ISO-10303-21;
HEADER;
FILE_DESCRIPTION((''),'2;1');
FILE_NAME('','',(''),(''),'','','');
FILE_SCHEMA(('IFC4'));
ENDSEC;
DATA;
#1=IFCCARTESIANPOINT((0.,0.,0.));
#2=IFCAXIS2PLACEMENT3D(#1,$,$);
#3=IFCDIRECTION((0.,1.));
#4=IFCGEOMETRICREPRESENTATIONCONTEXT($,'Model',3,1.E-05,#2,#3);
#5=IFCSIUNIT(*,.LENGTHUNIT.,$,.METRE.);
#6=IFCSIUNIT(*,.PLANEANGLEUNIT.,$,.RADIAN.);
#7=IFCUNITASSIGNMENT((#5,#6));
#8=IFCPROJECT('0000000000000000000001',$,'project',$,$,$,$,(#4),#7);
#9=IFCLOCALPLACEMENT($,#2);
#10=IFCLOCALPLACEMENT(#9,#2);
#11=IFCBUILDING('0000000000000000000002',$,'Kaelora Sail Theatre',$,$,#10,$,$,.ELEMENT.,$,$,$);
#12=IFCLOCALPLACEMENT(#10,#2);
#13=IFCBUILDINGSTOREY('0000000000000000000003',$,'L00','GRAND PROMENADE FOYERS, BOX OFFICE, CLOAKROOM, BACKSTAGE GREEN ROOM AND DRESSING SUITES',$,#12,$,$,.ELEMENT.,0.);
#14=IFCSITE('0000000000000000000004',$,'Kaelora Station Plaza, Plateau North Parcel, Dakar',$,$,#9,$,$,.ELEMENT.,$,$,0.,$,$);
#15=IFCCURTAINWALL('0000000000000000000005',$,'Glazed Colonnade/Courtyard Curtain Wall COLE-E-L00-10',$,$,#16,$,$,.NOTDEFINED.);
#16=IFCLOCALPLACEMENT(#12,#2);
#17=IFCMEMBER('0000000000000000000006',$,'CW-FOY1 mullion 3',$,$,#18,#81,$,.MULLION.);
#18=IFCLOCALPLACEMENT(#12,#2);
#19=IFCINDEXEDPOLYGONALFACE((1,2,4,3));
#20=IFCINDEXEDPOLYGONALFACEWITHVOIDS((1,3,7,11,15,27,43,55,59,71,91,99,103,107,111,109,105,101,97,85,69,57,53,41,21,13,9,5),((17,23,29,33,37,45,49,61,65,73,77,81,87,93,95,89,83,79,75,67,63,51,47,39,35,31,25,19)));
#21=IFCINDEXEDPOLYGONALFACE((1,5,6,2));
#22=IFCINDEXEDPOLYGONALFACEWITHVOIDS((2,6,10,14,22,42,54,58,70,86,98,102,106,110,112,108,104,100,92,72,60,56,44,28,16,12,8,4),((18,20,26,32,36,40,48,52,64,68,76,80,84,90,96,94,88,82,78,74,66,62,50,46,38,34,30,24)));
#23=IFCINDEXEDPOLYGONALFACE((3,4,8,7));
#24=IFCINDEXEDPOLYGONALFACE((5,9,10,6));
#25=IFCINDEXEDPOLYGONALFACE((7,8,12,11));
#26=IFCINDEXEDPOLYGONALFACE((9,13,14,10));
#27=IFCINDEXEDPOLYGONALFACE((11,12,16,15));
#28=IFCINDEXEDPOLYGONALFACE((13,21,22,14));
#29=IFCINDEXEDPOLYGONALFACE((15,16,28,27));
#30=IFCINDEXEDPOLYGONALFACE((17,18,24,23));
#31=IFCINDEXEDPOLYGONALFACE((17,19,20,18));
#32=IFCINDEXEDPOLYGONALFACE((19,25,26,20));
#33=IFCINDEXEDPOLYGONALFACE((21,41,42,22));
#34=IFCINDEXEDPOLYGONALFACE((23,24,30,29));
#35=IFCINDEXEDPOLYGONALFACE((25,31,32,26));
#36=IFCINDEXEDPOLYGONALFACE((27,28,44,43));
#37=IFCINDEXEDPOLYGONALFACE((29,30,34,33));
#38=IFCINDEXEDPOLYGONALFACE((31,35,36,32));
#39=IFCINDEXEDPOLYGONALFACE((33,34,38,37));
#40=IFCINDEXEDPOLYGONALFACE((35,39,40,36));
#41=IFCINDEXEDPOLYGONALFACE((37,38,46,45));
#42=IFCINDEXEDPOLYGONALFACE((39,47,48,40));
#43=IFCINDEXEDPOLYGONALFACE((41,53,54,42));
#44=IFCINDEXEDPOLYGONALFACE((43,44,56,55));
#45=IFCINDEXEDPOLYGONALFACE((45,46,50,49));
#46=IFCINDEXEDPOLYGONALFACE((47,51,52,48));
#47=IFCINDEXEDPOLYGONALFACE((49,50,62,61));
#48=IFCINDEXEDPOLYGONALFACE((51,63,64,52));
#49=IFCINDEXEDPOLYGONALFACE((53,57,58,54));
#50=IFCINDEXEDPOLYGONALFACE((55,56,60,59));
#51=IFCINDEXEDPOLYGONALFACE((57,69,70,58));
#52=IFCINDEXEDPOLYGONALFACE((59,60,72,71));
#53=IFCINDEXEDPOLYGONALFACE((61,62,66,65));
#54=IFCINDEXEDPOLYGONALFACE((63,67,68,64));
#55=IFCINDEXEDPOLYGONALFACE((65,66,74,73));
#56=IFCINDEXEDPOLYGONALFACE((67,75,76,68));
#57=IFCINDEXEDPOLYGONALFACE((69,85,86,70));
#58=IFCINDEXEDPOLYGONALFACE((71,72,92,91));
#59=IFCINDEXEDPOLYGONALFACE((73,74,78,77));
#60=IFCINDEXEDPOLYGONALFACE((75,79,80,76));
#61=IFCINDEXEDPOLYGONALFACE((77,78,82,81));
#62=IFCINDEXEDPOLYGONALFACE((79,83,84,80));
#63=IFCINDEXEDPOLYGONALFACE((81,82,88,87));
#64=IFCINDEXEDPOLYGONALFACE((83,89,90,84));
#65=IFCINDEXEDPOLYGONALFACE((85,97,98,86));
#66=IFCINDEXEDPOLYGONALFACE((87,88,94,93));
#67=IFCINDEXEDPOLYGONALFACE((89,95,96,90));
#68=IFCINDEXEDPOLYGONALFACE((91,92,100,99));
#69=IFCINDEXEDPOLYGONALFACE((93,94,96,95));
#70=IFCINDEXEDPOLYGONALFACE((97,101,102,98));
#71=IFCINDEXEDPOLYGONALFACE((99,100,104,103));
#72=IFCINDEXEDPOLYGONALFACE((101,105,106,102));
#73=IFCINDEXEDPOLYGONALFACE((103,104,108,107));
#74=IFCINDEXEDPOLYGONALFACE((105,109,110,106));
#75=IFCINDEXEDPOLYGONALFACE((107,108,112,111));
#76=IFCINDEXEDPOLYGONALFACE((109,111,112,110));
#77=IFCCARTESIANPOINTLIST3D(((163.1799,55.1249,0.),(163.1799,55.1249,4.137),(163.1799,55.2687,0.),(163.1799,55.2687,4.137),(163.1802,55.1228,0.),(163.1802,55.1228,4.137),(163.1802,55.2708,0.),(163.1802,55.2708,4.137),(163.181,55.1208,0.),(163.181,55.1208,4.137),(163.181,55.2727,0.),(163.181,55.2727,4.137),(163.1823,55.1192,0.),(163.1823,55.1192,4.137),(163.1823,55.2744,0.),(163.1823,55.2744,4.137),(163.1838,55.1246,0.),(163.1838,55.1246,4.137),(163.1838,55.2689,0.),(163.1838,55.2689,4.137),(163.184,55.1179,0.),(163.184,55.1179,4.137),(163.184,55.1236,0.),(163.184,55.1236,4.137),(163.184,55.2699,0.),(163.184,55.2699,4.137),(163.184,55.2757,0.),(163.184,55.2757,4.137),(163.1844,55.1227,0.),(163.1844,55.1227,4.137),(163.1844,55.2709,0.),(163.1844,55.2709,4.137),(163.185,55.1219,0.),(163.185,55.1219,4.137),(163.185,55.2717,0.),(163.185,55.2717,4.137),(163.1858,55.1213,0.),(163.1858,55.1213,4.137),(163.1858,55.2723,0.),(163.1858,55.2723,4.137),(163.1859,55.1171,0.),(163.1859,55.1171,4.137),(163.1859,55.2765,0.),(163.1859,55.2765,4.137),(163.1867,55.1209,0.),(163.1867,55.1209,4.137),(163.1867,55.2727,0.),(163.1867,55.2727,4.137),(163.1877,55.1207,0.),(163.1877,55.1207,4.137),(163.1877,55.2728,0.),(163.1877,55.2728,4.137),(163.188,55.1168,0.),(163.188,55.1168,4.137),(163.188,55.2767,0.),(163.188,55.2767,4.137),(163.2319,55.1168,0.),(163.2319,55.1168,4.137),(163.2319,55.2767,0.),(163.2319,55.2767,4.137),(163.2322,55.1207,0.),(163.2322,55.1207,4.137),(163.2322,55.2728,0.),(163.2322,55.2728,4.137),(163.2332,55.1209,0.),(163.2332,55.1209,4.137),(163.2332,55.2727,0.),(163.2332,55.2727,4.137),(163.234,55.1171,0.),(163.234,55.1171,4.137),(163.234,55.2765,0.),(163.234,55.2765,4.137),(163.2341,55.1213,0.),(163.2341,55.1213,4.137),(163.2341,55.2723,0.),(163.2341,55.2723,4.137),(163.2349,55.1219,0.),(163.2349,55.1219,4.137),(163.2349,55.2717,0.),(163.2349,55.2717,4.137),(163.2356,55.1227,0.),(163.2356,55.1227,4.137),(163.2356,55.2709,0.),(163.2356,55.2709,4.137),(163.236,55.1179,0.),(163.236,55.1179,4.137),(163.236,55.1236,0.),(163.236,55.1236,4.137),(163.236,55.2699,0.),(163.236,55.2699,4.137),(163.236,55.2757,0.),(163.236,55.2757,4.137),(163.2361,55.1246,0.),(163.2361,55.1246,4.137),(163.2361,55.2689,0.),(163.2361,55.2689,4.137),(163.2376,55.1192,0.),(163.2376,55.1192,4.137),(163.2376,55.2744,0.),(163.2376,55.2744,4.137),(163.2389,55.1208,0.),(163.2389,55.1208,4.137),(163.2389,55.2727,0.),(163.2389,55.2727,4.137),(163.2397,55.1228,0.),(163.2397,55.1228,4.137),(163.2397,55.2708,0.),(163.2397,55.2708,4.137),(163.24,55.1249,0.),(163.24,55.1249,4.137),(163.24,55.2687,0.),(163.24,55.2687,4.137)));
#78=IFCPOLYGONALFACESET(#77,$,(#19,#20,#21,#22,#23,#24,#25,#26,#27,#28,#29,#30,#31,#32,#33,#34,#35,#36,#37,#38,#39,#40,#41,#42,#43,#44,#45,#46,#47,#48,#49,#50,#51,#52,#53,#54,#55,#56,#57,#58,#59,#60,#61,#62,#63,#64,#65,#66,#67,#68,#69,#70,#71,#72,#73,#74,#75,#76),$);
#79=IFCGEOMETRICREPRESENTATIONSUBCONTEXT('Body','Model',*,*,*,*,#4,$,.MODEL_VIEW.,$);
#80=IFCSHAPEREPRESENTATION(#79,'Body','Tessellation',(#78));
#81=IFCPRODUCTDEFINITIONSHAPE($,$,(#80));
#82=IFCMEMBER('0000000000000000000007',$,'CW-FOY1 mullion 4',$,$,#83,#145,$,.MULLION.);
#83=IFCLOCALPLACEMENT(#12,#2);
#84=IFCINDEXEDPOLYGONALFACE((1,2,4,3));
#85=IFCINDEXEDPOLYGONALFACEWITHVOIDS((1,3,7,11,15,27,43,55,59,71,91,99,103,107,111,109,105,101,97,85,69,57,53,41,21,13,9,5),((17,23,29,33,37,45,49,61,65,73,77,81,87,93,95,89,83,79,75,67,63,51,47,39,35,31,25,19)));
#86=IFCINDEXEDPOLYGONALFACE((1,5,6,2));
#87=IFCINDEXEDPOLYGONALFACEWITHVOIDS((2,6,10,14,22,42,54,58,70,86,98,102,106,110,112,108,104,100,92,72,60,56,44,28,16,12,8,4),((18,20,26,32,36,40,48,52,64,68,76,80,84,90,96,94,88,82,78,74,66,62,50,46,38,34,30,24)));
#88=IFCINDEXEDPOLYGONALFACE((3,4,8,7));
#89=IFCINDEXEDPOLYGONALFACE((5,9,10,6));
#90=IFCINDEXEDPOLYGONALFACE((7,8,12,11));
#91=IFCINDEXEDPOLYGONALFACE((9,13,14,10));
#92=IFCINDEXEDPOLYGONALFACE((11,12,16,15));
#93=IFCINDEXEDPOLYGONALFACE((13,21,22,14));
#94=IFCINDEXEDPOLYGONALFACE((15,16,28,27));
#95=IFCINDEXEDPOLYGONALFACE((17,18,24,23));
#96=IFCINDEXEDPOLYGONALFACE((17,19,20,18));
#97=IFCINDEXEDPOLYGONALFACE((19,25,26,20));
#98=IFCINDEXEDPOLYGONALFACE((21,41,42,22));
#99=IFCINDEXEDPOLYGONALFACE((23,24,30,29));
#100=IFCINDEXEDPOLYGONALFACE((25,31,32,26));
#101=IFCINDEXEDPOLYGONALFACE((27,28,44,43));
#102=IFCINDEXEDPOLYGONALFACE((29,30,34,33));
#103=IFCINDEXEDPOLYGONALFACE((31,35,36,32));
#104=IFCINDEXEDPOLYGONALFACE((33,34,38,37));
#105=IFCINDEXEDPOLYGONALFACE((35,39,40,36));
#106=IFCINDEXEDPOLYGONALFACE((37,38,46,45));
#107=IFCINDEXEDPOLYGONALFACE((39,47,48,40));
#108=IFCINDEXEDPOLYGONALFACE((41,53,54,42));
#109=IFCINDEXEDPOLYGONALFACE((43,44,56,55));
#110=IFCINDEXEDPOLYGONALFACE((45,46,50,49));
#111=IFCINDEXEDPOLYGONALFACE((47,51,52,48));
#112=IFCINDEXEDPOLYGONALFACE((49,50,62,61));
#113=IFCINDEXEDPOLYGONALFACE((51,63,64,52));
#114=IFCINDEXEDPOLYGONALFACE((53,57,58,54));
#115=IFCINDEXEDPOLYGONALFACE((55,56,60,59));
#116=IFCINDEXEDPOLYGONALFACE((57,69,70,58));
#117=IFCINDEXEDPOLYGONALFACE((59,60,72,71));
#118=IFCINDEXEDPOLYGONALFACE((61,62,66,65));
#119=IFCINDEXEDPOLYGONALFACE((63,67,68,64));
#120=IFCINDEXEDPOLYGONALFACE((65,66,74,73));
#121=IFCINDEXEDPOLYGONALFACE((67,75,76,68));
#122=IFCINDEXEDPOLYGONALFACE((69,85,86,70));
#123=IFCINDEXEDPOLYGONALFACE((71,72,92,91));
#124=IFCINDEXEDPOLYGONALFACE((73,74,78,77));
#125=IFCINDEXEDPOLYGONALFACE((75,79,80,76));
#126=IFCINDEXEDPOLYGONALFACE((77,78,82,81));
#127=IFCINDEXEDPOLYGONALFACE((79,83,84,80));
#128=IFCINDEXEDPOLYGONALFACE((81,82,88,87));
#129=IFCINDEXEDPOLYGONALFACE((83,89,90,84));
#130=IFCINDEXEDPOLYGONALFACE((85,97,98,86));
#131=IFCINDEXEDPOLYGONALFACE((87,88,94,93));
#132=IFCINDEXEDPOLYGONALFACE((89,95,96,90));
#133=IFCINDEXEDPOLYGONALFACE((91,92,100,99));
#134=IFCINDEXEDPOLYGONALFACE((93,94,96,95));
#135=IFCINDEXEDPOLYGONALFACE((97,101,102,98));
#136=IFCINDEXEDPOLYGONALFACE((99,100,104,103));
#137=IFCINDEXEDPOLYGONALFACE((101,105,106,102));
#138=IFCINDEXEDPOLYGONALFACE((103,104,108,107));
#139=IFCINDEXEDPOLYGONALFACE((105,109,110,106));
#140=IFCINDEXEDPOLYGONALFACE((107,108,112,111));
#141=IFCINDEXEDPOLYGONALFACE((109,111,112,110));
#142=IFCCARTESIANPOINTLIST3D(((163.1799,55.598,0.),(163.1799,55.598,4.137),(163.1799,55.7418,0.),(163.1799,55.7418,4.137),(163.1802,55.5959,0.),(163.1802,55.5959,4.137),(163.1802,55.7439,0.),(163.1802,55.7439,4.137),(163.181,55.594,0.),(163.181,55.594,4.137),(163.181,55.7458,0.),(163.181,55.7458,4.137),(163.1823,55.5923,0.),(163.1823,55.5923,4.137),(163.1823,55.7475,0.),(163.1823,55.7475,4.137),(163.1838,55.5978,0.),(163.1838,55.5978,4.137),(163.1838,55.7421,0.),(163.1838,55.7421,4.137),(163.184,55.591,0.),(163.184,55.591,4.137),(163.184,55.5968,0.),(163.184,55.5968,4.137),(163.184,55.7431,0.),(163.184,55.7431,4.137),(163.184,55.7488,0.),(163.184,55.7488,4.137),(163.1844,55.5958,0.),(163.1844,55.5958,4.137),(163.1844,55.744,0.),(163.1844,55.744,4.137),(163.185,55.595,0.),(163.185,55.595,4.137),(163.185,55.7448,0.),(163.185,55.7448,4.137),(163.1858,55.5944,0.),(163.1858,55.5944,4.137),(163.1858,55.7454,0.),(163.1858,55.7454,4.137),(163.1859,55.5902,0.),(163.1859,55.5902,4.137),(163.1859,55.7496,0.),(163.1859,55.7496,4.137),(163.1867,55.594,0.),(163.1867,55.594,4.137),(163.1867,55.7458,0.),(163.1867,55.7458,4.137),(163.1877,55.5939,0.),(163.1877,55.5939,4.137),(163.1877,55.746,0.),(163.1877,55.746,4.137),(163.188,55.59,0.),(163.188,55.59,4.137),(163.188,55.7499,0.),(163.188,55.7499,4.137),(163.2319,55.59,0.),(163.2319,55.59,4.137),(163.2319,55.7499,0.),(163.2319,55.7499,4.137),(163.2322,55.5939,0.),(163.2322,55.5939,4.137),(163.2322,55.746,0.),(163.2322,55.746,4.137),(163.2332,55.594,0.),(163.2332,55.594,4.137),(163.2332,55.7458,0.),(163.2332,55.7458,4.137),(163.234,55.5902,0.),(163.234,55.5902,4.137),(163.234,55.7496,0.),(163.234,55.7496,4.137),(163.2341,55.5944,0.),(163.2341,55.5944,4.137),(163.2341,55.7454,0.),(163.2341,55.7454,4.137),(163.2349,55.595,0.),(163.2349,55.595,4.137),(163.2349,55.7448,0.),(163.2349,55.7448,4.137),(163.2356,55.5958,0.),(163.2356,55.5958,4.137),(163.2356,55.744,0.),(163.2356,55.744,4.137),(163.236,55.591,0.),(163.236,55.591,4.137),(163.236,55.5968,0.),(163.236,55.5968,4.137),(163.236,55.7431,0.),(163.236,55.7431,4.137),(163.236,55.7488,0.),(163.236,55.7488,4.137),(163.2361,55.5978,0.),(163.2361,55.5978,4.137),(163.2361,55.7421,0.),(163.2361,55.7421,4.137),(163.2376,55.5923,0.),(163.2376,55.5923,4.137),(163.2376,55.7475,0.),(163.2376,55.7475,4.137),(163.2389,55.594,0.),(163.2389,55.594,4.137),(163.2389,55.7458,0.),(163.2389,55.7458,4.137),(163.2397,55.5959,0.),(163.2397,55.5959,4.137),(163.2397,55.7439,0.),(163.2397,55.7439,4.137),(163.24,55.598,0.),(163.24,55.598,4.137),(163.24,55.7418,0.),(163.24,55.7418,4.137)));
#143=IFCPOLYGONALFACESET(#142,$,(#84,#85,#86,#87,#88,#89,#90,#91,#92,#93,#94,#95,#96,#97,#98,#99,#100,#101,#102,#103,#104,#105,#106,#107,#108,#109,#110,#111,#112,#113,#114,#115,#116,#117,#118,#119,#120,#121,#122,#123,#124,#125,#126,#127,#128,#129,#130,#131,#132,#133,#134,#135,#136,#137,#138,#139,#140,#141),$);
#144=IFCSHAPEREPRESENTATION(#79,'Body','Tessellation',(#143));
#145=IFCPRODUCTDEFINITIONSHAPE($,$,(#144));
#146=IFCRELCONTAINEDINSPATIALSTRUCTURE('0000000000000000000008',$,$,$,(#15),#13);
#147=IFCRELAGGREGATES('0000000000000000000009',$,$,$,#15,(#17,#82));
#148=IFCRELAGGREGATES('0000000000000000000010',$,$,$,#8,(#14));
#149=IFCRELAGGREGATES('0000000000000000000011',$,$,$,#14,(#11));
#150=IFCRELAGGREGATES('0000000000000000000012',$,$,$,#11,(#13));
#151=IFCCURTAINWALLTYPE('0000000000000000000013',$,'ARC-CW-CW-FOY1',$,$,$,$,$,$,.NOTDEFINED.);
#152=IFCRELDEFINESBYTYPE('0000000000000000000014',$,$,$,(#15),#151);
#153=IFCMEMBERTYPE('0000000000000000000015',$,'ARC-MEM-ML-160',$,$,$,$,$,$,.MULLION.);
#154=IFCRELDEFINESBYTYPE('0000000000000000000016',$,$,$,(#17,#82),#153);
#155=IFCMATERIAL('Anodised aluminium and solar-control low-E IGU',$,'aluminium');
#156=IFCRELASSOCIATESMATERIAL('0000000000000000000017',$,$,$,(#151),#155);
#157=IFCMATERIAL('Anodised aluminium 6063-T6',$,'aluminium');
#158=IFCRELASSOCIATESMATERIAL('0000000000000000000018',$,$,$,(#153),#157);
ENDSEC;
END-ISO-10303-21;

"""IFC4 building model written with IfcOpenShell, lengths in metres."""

from ifc_helpers import new_model, si_unit, direction, frame, origin, origin_2d, place, context, subcontext, project, spatial, hollow_rectangle, extrude, material, material_profile, profile_set, type_object, element, aggregate, save


model = new_model("IFC4")

# Units and contexts
model_context = context("Model", 3, precision=1e-05, world=origin(), true_north=direction((0.0, 1.0)))
body_context = subcontext(model_context, "Body", "Model", "MODEL_VIEW")
ifc_project = project(units=[si_unit("LENGTHUNIT", "METRE"), si_unit("PLANEANGLEUNIT", "RADIAN")], contexts=[model_context])

# Site, building, storey
site_placement = place(None, origin())
site = spatial("IfcSite", under=ifc_project, at=site_placement, Name="Kaelora Station Plaza, Plateau North Parcel, Dakar", CompositionType="ELEMENT", RefElevation=0.0)
building_placement = place(site_placement, origin())
building = spatial("IfcBuilding", under=site, at=building_placement, Name="Kaelora Sail Theatre", CompositionType="ELEMENT")
storey_placement = place(building_placement, origin())
storey = spatial("IfcBuildingStorey", under=building, at=storey_placement, Name="L00", Description="GRAND PROMENADE FOYERS, BOX OFFICE, CLOAKROOM, BACKSTAGE GREEN ROOM AND DRESSING SUITES", CompositionType="ELEMENT", Elevation=0.0)

# Curtain wall, members
ifc_material_1 = material(Name="Anodised aluminium and solar-control low-E IGU", Category="aluminium")
curtain_wall_type = type_object("IfcCurtainWallType", Name="ARC-CW-CW-FOY1", PredefinedType="NOTDEFINED", material=ifc_material_1)
curtain_wall_1_placement = place(storey_placement, origin())
curtain_wall_1 = element("IfcCurtainWall", 1, at=curtain_wall_1_placement, inside=storey, type_object=curtain_wall_type, Name="Glazed Colonnade/Courtyard Curtain Wall COLE-E-L00-10", PredefinedType="NOTDEFINED")
ifc_material_2 = material(Name="Anodised aluminium 6063-T6", Category="aluminium")
ifc_material_profile_1 = material_profile(ifc_material_2, hollow_rectangle(XDim=0.0601, YDim=0.1599, WallThickness=0.0039, InnerFilletRadius=0.0039, OuterFilletRadius=0.0081, at=origin_2d()), Name="ALU-MULL 60x160x4")
ifc_profile_set_1 = profile_set([ifc_material_profile_1], Name="Anodised aluminium 6063-T6")
member_type_1 = type_object("IfcMemberType", Name="ARC-MEM-ML-160", PredefinedType="MULLION", material=ifc_profile_set_1)
member_1_placement = place(storey_placement, frame((163.21, 55.1968, 0.0), z_axis=(0.0, 0.0, 1.0), x_axis=(-1.0, 0.0, 0.0)))
member_1 = element("IfcMember", 2, at=member_1_placement, type_object=member_type_1, Name="CW-FOY1 mullion 3", PredefinedType="MULLION", context=body_context, shape_type="SweptSolid", body=[
    extrude(hollow_rectangle(XDim=0.0601, YDim=0.1599, WallThickness=0.0039, InnerFilletRadius=0.0039, OuterFilletRadius=0.0081, at=origin_2d()), origin(), (0.0, 0.0, 1.0), 4.137),
])
member_2_placement = place(storey_placement, frame((163.21, 55.6699, 0.0), z_axis=(0.0, 0.0, 1.0), x_axis=(-1.0, 0.0, 0.0)))
member_2 = element("IfcMember", 3, at=member_2_placement, type_object=member_type_1, Name="CW-FOY1 mullion 4", PredefinedType="MULLION", context=body_context, shape_type="SweptSolid", body=[
    extrude(hollow_rectangle(XDim=0.0601, YDim=0.1599, WallThickness=0.0039, InnerFilletRadius=0.0039, OuterFilletRadius=0.0081, at=origin_2d()), origin(), (0.0, 0.0, 1.0), 4.137),
])

aggregate(curtain_wall_1, [member_1, member_2])

save(model, "model.ifc")
